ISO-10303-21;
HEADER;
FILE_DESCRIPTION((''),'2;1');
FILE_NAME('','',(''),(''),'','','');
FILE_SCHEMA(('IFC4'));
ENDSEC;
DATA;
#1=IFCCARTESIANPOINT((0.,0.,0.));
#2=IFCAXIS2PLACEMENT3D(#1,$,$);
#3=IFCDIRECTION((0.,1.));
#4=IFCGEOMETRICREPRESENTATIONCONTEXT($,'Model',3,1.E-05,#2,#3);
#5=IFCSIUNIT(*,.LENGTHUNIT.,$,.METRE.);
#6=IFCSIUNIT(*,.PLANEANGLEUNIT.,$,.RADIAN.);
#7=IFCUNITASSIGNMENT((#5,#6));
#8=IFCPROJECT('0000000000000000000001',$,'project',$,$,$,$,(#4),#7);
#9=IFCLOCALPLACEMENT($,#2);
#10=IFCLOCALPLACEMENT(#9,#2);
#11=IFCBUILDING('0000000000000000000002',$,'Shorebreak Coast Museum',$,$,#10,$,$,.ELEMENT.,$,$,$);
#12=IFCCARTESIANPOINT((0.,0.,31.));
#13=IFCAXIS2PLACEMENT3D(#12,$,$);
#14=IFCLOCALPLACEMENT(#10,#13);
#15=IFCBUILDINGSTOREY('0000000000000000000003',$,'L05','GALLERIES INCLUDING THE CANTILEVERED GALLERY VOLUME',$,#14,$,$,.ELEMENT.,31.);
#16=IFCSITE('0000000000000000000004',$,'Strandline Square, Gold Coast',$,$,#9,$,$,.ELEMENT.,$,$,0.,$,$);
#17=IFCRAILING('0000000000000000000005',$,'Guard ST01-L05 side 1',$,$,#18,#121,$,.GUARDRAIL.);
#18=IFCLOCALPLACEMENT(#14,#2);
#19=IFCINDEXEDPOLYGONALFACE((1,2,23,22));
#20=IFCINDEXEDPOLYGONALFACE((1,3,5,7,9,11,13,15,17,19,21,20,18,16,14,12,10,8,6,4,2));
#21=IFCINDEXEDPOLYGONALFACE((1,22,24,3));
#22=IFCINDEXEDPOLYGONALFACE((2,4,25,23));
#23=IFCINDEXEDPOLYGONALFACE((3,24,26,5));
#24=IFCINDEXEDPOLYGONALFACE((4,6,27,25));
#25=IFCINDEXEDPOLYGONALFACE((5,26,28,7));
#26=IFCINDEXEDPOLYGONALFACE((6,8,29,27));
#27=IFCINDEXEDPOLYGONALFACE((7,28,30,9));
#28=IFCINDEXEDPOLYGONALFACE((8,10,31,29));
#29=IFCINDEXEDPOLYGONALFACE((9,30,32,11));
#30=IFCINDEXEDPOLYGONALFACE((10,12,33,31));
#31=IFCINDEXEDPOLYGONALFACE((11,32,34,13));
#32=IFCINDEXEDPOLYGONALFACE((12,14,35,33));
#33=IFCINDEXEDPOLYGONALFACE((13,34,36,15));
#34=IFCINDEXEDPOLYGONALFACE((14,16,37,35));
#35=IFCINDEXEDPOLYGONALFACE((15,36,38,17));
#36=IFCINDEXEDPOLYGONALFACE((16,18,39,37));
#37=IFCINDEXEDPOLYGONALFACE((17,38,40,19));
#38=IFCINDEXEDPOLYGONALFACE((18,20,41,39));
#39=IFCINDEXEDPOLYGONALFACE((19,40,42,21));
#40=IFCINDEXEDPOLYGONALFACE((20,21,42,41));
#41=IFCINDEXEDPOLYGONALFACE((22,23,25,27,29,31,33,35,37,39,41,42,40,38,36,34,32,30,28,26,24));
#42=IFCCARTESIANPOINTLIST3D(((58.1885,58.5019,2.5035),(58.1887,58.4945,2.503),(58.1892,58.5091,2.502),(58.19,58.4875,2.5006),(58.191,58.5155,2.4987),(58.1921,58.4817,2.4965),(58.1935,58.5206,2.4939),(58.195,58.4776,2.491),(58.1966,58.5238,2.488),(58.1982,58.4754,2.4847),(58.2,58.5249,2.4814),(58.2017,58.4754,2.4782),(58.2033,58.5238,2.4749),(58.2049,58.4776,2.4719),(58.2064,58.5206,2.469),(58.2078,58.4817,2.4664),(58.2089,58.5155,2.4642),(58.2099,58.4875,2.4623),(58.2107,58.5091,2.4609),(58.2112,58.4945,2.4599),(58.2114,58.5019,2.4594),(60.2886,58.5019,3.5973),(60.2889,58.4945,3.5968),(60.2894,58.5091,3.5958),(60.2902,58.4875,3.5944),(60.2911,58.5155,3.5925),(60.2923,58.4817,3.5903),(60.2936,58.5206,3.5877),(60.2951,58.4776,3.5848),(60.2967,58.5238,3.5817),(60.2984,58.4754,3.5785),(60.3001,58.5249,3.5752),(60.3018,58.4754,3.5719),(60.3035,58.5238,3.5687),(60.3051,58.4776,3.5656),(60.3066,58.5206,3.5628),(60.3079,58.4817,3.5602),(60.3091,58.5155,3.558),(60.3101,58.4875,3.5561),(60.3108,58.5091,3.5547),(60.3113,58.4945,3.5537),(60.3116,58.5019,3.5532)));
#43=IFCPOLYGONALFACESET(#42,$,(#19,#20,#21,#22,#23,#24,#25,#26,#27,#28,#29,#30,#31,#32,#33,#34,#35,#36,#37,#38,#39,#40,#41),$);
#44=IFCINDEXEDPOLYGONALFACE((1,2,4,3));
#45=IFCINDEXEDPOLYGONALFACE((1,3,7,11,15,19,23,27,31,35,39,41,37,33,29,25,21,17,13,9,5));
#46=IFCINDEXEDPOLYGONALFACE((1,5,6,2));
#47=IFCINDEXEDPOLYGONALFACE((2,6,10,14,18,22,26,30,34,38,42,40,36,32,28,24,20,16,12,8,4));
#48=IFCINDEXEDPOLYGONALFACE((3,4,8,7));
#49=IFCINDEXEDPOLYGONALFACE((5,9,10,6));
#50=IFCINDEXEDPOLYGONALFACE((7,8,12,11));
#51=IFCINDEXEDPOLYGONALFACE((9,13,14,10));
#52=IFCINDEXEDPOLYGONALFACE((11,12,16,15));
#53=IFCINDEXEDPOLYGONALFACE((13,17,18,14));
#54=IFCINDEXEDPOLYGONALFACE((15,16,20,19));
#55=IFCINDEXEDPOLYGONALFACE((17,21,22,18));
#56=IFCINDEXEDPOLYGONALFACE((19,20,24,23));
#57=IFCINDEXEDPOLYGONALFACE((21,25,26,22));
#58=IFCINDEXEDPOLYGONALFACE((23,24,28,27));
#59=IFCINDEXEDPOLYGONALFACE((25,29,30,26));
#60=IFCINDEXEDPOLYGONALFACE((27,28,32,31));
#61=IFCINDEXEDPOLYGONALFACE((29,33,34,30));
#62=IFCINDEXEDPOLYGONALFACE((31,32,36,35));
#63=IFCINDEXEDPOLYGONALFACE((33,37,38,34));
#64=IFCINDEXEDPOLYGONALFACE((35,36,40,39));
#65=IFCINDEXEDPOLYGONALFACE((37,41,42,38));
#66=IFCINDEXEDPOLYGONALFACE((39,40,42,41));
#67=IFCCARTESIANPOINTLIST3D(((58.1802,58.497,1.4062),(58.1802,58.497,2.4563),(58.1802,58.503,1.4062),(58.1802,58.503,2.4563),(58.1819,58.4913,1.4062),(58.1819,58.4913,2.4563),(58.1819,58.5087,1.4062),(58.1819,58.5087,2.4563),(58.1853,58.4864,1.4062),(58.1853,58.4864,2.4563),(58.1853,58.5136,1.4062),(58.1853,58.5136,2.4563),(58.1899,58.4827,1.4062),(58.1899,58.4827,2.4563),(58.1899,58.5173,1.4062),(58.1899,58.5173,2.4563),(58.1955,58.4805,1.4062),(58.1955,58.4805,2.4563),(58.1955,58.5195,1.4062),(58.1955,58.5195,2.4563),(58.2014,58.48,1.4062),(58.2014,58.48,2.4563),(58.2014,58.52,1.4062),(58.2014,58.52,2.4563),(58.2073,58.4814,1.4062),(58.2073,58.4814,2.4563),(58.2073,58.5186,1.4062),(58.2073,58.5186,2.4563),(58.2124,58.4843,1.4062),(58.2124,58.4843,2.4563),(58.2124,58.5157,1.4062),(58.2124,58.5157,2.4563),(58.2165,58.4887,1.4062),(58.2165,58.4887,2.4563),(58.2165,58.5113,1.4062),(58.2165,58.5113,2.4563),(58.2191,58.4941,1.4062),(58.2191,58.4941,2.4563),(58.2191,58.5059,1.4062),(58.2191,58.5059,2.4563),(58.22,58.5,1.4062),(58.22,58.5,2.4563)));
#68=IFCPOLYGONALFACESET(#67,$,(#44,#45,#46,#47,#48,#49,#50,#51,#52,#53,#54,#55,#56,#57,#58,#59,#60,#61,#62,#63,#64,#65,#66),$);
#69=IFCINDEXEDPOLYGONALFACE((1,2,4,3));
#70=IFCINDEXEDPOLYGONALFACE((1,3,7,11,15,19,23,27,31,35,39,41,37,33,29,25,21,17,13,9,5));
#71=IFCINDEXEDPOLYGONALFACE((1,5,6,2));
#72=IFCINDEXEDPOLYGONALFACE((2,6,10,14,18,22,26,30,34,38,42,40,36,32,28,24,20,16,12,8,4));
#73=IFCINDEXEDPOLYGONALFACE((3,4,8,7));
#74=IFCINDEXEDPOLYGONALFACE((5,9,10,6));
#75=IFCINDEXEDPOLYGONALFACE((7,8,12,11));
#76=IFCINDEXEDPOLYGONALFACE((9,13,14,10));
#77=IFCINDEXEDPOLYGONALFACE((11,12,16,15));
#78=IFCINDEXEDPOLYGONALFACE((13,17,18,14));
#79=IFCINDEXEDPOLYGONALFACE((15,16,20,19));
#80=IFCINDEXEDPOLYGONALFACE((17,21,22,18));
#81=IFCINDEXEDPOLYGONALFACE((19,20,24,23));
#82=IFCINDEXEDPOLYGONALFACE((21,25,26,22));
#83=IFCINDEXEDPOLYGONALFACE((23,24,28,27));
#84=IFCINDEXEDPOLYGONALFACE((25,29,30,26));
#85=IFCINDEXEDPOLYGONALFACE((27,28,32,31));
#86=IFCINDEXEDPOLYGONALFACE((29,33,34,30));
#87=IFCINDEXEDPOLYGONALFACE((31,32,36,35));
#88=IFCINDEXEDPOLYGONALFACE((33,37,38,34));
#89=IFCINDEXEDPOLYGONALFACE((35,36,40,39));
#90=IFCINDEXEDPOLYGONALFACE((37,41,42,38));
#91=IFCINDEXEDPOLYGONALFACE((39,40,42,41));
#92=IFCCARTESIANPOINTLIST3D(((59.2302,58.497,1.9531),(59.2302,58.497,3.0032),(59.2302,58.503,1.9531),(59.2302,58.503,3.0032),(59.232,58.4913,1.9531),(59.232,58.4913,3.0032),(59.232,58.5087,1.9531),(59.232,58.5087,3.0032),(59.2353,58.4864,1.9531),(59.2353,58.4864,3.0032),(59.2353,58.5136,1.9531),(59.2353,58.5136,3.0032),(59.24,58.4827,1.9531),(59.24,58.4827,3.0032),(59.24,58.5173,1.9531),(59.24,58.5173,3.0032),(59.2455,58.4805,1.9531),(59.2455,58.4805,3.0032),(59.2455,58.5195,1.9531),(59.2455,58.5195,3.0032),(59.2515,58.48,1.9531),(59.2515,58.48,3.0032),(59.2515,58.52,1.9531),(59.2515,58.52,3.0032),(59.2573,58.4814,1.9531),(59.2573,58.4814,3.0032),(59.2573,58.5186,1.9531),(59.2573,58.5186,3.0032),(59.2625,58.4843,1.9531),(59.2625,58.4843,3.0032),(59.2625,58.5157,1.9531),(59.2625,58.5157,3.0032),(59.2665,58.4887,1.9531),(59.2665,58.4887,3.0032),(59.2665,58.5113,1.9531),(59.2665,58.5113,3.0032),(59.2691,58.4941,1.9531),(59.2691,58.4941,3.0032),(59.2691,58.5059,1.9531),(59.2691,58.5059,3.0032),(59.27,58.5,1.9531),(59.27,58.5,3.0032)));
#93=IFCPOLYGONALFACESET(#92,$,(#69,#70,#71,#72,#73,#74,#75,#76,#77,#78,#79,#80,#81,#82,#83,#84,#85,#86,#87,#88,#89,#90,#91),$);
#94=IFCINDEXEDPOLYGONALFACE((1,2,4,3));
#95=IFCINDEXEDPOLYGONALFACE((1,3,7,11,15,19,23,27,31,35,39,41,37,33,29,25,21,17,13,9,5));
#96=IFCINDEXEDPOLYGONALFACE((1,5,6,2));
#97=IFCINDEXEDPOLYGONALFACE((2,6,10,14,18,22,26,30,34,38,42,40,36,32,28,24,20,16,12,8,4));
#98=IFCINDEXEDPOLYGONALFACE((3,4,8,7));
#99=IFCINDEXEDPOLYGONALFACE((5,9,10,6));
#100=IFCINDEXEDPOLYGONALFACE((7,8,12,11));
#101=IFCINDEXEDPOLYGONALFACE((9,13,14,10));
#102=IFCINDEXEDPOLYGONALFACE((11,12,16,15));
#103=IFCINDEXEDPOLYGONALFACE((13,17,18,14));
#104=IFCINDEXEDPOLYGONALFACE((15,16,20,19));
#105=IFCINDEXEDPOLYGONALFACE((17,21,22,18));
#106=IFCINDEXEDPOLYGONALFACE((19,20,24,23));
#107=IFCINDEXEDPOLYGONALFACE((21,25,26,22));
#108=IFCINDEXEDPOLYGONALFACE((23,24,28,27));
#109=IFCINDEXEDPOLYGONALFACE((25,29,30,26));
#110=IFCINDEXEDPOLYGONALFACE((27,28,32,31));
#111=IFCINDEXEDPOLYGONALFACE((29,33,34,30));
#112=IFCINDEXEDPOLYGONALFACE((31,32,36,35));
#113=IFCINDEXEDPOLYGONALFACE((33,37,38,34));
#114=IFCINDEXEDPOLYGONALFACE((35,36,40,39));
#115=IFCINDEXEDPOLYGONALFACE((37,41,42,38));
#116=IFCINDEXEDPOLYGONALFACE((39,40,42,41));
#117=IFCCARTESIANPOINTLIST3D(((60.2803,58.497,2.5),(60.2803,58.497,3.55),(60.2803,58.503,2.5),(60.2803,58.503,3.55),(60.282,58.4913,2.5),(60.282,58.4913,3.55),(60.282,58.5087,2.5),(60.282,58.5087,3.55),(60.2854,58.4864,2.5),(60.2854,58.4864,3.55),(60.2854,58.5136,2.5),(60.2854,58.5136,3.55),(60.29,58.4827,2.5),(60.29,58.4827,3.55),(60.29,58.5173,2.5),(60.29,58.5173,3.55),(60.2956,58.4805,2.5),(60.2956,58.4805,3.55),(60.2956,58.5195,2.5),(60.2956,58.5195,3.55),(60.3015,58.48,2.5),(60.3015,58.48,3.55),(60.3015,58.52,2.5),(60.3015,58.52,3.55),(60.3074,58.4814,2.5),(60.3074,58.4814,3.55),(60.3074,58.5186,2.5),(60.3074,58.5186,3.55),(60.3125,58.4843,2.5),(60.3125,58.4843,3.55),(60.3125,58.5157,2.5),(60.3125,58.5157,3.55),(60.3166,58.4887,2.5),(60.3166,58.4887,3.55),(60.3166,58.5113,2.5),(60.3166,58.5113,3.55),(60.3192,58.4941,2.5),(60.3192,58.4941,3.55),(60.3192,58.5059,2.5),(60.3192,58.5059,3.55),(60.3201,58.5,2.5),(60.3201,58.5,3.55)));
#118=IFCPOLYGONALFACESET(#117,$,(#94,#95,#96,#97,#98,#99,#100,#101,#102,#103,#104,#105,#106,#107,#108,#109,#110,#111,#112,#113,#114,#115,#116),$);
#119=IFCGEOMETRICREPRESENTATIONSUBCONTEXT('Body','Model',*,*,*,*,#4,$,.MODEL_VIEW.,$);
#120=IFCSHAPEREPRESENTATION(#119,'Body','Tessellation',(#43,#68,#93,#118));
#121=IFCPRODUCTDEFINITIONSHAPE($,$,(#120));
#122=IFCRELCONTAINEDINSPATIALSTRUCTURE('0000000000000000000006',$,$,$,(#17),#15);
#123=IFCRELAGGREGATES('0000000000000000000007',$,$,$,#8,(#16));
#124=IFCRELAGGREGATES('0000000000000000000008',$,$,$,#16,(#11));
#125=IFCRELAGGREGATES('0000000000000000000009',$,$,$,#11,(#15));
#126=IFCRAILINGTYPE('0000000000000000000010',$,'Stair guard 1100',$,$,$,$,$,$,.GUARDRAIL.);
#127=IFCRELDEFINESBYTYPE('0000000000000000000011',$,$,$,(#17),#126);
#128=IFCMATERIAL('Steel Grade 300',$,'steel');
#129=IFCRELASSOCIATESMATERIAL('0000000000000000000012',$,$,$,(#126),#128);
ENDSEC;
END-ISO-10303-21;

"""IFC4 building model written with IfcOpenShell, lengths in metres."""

from ifc_helpers import new_model, si_unit, direction, frame, origin, origin_2d, place, context, subcontext, project, spatial, circle, extrude, material, type_object, element, save


model = new_model("IFC4")

# Units and contexts
model_context = context("Model", 3, precision=1e-05, world=origin(), true_north=direction((0.0, 1.0)))
body_context = subcontext(model_context, "Body", "Model", "MODEL_VIEW")
ifc_project = project(units=[si_unit("LENGTHUNIT", "METRE"), si_unit("PLANEANGLEUNIT", "RADIAN")], contexts=[model_context])

# Site, building, storey
site_placement = place(None, origin())
site = spatial("IfcSite", under=ifc_project, at=site_placement, Name="Strandline Square, Gold Coast", CompositionType="ELEMENT", RefElevation=0.0)
building_placement = place(site_placement, origin())
building = spatial("IfcBuilding", under=site, at=building_placement, Name="Shorebreak Coast Museum", CompositionType="ELEMENT")
storey_placement = place(building_placement, frame((0.0, 0.0, 31.0)))
storey = spatial("IfcBuildingStorey", under=building, at=storey_placement, Name="L05", Description="GALLERIES INCLUDING THE CANTILEVERED GALLERY VOLUME", CompositionType="ELEMENT", Elevation=31.0)

# Railing
ifc_material_1 = material(Name="Steel Grade 300", Category="steel")
railing_type_1 = type_object("IfcRailingType", Name="Stair guard 1100", PredefinedType="GUARDRAIL", material=ifc_material_1)
for number, where, name in (
    (1, (58.2, 58.5, 1.4062), "Guard ST01-L05 side 1"),
):
    element("IfcRailing", number, at=place(storey_placement, frame(where)), inside=storey, type_object=railing_type_1, Name=name, PredefinedType="GUARDRAIL", context=body_context, shape_type="SweptSolid", body=[
        extrude(circle(Radius=0.0249, at=origin_2d()), frame((0.0, 0.0, 1.0752), z_axis=(0.886923, 0.0, 0.461918), x_axis=(0.0, 1.0, 0.0)), (0.0, 0.0, 1.0), 2.3679),
        extrude(circle(Radius=0.02, at=origin_2d()), origin(), (0.0, 0.0, 1.0), 1.05),
        extrude(circle(Radius=0.02, at=origin_2d()), frame((1.05, 0.0, 0.5469)), (0.0, 0.0, 1.0), 1.05),
        extrude(circle(Radius=0.02, at=origin_2d()), frame((2.1001, 0.0, 1.0938)), (0.0, 0.0, 1.0), 1.05),
    ])

save(model, "model.ifc")
